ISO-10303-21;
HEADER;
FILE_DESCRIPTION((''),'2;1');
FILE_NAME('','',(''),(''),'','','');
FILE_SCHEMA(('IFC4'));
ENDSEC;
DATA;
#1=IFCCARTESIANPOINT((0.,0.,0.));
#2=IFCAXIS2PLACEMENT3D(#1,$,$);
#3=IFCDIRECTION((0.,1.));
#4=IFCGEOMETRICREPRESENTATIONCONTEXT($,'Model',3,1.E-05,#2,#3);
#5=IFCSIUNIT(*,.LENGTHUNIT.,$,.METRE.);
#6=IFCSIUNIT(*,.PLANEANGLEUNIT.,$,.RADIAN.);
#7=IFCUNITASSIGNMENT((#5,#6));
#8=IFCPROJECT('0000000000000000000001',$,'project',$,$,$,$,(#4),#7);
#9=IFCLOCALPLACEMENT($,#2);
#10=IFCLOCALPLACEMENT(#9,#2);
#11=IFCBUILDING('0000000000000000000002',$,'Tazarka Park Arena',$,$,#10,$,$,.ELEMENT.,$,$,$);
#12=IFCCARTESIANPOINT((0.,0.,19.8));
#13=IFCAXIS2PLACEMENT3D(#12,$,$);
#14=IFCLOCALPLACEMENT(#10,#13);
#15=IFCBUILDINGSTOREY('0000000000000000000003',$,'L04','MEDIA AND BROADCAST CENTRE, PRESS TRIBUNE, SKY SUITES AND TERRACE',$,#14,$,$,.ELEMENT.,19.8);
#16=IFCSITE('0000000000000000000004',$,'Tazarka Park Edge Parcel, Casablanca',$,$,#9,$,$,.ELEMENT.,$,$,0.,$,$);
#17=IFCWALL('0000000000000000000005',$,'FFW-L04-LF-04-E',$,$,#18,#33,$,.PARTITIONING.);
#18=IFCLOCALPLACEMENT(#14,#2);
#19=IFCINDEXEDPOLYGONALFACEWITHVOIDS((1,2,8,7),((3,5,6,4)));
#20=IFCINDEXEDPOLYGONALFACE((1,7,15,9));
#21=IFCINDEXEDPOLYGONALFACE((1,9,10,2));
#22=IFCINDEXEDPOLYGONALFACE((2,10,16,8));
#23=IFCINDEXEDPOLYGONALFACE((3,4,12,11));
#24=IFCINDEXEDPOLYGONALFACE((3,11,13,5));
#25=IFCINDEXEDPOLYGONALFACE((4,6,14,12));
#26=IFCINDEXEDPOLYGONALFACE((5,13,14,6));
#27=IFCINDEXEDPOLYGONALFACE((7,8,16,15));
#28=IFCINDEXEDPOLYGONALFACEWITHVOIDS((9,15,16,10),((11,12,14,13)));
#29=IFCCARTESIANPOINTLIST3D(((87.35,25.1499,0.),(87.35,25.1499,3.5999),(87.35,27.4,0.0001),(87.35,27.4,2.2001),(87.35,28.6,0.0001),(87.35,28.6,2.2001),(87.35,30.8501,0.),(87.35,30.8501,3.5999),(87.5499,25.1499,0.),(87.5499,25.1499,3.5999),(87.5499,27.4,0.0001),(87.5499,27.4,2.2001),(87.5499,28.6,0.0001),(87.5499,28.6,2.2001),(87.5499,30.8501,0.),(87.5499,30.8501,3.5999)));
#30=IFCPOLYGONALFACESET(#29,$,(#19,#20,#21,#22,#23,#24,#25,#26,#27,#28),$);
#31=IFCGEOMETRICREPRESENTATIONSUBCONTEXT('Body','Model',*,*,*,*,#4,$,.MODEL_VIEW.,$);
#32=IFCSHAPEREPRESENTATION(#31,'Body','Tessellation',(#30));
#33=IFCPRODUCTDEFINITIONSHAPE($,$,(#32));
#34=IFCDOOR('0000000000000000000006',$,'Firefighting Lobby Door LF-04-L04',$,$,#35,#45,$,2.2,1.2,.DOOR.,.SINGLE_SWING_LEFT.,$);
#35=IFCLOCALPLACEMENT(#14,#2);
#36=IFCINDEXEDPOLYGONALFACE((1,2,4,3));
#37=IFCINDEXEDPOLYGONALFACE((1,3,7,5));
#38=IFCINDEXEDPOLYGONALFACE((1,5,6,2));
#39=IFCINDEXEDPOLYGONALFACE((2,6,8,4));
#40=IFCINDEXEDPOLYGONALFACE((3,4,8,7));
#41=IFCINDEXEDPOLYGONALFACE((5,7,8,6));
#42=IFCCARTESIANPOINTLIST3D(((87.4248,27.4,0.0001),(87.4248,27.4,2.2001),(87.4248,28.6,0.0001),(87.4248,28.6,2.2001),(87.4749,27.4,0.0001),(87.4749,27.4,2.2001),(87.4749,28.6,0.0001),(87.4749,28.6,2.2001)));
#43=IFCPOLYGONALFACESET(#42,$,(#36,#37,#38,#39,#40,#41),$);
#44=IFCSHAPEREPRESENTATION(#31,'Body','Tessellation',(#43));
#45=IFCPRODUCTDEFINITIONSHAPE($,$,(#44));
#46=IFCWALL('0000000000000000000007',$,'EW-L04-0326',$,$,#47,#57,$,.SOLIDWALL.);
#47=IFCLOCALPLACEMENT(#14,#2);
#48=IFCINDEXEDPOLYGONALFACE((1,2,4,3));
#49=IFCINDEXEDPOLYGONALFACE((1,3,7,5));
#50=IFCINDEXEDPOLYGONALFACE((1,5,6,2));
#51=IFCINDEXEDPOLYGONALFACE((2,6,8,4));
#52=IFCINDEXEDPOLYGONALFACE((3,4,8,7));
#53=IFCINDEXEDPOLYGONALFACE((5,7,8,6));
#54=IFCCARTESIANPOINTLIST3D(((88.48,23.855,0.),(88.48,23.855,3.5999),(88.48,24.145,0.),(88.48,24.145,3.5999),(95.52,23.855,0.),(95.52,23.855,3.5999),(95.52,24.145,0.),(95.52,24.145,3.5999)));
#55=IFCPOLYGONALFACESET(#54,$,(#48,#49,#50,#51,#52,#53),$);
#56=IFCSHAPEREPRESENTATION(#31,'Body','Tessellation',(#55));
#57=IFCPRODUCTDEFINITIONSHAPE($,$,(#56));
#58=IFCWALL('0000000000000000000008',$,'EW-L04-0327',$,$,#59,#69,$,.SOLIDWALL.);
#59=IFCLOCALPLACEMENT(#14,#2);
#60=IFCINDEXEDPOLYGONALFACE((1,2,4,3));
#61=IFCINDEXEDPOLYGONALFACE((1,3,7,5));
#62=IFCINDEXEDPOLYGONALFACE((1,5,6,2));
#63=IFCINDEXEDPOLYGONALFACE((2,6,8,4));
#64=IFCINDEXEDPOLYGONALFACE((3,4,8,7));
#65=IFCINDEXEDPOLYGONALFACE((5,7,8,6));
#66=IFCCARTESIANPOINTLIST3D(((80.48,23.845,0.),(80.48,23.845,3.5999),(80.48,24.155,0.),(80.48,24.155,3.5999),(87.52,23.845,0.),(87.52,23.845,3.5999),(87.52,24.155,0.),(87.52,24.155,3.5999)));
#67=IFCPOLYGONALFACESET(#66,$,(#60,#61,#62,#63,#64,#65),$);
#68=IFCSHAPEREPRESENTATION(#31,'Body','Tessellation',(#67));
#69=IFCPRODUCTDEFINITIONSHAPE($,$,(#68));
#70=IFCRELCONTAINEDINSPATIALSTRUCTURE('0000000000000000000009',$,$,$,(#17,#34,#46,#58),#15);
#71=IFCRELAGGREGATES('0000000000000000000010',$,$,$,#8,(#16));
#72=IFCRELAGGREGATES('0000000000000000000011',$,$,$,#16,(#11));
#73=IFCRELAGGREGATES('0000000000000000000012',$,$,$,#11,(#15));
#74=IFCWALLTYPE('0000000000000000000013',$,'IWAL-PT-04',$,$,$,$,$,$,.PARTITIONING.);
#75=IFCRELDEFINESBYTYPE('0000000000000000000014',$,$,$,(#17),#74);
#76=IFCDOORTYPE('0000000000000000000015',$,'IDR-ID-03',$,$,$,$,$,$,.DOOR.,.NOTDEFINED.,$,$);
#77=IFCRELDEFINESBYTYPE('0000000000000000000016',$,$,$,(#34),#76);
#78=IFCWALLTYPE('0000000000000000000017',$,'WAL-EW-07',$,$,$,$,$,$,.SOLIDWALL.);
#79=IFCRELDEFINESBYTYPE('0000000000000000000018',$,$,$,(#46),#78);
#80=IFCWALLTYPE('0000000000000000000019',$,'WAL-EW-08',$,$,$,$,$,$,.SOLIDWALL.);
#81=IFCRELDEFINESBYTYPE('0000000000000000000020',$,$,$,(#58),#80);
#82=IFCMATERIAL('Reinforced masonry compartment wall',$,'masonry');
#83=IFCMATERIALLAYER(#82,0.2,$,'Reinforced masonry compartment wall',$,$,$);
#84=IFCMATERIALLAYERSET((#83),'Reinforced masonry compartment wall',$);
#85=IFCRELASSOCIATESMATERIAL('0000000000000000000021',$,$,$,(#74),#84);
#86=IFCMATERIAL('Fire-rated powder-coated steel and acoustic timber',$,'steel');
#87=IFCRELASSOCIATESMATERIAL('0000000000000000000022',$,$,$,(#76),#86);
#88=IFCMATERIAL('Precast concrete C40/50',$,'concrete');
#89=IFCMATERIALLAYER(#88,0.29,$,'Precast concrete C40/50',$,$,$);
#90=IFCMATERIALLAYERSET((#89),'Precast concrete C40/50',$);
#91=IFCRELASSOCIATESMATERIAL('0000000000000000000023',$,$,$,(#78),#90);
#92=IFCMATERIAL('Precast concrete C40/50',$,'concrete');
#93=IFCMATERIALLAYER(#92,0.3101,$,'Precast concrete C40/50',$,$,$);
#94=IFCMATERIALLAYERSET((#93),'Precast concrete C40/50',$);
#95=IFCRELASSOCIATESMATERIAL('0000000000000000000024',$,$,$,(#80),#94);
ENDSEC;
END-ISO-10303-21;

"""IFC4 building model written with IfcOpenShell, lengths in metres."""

from ifc_helpers import new_model, si_unit, direction, frame, frame_2d, origin, place, context, subcontext, project, spatial, rectangle, extrude, material, layer, layer_set, type_object, element, fill, save


model = new_model("IFC4")

# Units and contexts
model_context = context("Model", 3, precision=1e-05, world=origin(), true_north=direction((0.0, 1.0)))
body_context = subcontext(model_context, "Body", "Model", "MODEL_VIEW")
ifc_project = project(units=[si_unit("LENGTHUNIT", "METRE"), si_unit("PLANEANGLEUNIT", "RADIAN")], contexts=[model_context])

# Site, building, storey
site_placement = place(None, origin())
site = spatial("IfcSite", under=ifc_project, at=site_placement, Name="Tazarka Park Edge Parcel, Casablanca", CompositionType="ELEMENT", RefElevation=0.0)
building_placement = place(site_placement, origin())
building = spatial("IfcBuilding", under=site, at=building_placement, Name="Tazarka Park Arena", CompositionType="ELEMENT")
storey_placement = place(building_placement, frame((0.0, 0.0, 19.8)))
storey = spatial("IfcBuildingStorey", under=building, at=storey_placement, Name="L04", Description="MEDIA AND BROADCAST CENTRE, PRESS TRIBUNE, SKY SUITES AND TERRACE", CompositionType="ELEMENT", Elevation=19.8)

# Shared definitions
ifc_material_1 = material(Name="Reinforced masonry compartment wall", Category="masonry")
ifc_layer_1 = layer(ifc_material_1, 0.2, Name="Reinforced masonry compartment wall")
ifc_layer_set_1 = layer_set([ifc_layer_1], Name="Reinforced masonry compartment wall")
wall_type_1 = type_object("IfcWallType", Name="IWAL-PT-04", PredefinedType="PARTITIONING", material=ifc_layer_set_1)

# Wall, opening, door
wall_1_placement = place(storey_placement, frame((87.45, 30.8501, 0.0), z_axis=(0.0, 0.0, 1.0), x_axis=(0.0, -1.0, 0.0)))
wall_1 = element("IfcWall", 1, at=wall_1_placement, inside=storey, type_object=wall_type_1, Name="FFW-L04-LF-04-E", PredefinedType="PARTITIONING", context=body_context, shape_type="SweptSolid", body=[
    extrude(rectangle(XDim=5.7002, YDim=0.2, at=frame_2d((2.8501, 0.0))), origin(), (0.0, 0.0, 1.0), 3.5999),
])
opening_1_placement = place(wall_1_placement, frame((2.25, 0.0, 0.0)))
opening_1 = element("IfcOpeningElement", 2, at=opening_1_placement, cuts=wall_1, PredefinedType="OPENING", context=body_context, shape_type="SweptSolid", body=[
    extrude(rectangle(XDim=1.2, YDim=2.2, at=frame_2d((0.6001, 1.1001))), frame((0.0, 0.1099, 0.0), z_axis=(0.0, -1.0, 0.0), x_axis=(1.0, 0.0, 0.0)), (0.0, 0.0, 1.0), 0.22),
])
ifc_material_2 = material(Name="Fire-rated powder-coated steel and acoustic timber", Category="steel")
door_type_1 = type_object("IfcDoorType", Name="IDR-ID-03", OperationType="NOTDEFINED", PredefinedType="DOOR", material=ifc_material_2)
door_1_placement = place(opening_1_placement, origin())
door_1 = element("IfcDoor", 3, at=door_1_placement, inside=storey, type_object=door_type_1, Name="Firefighting Lobby Door LF-04-L04", OperationType="SINGLE_SWING_LEFT", OverallHeight=2.2, OverallWidth=1.2, PredefinedType="DOOR", context=body_context, shape_type="SweptSolid", body=[
    extrude(rectangle(XDim=1.2, YDim=2.2, at=frame_2d((0.6001, 1.1001))), frame((0.0, 0.0249, 0.0), z_axis=(0.0, -1.0, 0.0), x_axis=(1.0, 0.0, 0.0)), (0.0, 0.0, 1.0), 0.05),
])
fill(opening_1, door_1)

# Walls
ifc_material_3 = material(Name="Precast concrete C40/50", Category="concrete")
ifc_layer_2 = layer(ifc_material_3, 0.29, Name="Precast concrete C40/50")
ifc_layer_set_2 = layer_set([ifc_layer_2], Name="Precast concrete C40/50")
wall_type_2 = type_object("IfcWallType", Name="WAL-EW-07", PredefinedType="SOLIDWALL", material=ifc_layer_set_2)
wall_2_placement = place(storey_placement, frame((95.52, 24.0, 0.0), z_axis=(0.0, 0.0, 1.0), x_axis=(-1.0, 0.0, 0.0)))
element("IfcWall", 4, at=wall_2_placement, inside=storey, type_object=wall_type_2, Name="EW-L04-0326", PredefinedType="SOLIDWALL", context=body_context, shape_type="SweptSolid", body=[
    extrude(rectangle(XDim=7.04, YDim=0.29, at=frame_2d((3.52, 0.0))), origin(), (0.0, 0.0, 1.0), 3.5999),
])
ifc_material_4 = material(Name="Precast concrete C40/50", Category="concrete")
ifc_layer_3 = layer(ifc_material_4, 0.3101, Name="Precast concrete C40/50")
ifc_layer_set_3 = layer_set([ifc_layer_3], Name="Precast concrete C40/50")
wall_type_3 = type_object("IfcWallType", Name="WAL-EW-08", PredefinedType="SOLIDWALL", material=ifc_layer_set_3)
wall_3_placement = place(storey_placement, frame((87.52, 24.0, 0.0), z_axis=(0.0, 0.0, 1.0), x_axis=(-1.0, 0.0, 0.0)))
element("IfcWall", 5, at=wall_3_placement, inside=storey, type_object=wall_type_3, Name="EW-L04-0327", PredefinedType="SOLIDWALL", context=body_context, shape_type="SweptSolid", body=[
    extrude(rectangle(XDim=7.04, YDim=0.3101, at=frame_2d((3.52, 0.0))), origin(), (0.0, 0.0, 1.0), 3.5999),
])

save(model, "model.ifc")
